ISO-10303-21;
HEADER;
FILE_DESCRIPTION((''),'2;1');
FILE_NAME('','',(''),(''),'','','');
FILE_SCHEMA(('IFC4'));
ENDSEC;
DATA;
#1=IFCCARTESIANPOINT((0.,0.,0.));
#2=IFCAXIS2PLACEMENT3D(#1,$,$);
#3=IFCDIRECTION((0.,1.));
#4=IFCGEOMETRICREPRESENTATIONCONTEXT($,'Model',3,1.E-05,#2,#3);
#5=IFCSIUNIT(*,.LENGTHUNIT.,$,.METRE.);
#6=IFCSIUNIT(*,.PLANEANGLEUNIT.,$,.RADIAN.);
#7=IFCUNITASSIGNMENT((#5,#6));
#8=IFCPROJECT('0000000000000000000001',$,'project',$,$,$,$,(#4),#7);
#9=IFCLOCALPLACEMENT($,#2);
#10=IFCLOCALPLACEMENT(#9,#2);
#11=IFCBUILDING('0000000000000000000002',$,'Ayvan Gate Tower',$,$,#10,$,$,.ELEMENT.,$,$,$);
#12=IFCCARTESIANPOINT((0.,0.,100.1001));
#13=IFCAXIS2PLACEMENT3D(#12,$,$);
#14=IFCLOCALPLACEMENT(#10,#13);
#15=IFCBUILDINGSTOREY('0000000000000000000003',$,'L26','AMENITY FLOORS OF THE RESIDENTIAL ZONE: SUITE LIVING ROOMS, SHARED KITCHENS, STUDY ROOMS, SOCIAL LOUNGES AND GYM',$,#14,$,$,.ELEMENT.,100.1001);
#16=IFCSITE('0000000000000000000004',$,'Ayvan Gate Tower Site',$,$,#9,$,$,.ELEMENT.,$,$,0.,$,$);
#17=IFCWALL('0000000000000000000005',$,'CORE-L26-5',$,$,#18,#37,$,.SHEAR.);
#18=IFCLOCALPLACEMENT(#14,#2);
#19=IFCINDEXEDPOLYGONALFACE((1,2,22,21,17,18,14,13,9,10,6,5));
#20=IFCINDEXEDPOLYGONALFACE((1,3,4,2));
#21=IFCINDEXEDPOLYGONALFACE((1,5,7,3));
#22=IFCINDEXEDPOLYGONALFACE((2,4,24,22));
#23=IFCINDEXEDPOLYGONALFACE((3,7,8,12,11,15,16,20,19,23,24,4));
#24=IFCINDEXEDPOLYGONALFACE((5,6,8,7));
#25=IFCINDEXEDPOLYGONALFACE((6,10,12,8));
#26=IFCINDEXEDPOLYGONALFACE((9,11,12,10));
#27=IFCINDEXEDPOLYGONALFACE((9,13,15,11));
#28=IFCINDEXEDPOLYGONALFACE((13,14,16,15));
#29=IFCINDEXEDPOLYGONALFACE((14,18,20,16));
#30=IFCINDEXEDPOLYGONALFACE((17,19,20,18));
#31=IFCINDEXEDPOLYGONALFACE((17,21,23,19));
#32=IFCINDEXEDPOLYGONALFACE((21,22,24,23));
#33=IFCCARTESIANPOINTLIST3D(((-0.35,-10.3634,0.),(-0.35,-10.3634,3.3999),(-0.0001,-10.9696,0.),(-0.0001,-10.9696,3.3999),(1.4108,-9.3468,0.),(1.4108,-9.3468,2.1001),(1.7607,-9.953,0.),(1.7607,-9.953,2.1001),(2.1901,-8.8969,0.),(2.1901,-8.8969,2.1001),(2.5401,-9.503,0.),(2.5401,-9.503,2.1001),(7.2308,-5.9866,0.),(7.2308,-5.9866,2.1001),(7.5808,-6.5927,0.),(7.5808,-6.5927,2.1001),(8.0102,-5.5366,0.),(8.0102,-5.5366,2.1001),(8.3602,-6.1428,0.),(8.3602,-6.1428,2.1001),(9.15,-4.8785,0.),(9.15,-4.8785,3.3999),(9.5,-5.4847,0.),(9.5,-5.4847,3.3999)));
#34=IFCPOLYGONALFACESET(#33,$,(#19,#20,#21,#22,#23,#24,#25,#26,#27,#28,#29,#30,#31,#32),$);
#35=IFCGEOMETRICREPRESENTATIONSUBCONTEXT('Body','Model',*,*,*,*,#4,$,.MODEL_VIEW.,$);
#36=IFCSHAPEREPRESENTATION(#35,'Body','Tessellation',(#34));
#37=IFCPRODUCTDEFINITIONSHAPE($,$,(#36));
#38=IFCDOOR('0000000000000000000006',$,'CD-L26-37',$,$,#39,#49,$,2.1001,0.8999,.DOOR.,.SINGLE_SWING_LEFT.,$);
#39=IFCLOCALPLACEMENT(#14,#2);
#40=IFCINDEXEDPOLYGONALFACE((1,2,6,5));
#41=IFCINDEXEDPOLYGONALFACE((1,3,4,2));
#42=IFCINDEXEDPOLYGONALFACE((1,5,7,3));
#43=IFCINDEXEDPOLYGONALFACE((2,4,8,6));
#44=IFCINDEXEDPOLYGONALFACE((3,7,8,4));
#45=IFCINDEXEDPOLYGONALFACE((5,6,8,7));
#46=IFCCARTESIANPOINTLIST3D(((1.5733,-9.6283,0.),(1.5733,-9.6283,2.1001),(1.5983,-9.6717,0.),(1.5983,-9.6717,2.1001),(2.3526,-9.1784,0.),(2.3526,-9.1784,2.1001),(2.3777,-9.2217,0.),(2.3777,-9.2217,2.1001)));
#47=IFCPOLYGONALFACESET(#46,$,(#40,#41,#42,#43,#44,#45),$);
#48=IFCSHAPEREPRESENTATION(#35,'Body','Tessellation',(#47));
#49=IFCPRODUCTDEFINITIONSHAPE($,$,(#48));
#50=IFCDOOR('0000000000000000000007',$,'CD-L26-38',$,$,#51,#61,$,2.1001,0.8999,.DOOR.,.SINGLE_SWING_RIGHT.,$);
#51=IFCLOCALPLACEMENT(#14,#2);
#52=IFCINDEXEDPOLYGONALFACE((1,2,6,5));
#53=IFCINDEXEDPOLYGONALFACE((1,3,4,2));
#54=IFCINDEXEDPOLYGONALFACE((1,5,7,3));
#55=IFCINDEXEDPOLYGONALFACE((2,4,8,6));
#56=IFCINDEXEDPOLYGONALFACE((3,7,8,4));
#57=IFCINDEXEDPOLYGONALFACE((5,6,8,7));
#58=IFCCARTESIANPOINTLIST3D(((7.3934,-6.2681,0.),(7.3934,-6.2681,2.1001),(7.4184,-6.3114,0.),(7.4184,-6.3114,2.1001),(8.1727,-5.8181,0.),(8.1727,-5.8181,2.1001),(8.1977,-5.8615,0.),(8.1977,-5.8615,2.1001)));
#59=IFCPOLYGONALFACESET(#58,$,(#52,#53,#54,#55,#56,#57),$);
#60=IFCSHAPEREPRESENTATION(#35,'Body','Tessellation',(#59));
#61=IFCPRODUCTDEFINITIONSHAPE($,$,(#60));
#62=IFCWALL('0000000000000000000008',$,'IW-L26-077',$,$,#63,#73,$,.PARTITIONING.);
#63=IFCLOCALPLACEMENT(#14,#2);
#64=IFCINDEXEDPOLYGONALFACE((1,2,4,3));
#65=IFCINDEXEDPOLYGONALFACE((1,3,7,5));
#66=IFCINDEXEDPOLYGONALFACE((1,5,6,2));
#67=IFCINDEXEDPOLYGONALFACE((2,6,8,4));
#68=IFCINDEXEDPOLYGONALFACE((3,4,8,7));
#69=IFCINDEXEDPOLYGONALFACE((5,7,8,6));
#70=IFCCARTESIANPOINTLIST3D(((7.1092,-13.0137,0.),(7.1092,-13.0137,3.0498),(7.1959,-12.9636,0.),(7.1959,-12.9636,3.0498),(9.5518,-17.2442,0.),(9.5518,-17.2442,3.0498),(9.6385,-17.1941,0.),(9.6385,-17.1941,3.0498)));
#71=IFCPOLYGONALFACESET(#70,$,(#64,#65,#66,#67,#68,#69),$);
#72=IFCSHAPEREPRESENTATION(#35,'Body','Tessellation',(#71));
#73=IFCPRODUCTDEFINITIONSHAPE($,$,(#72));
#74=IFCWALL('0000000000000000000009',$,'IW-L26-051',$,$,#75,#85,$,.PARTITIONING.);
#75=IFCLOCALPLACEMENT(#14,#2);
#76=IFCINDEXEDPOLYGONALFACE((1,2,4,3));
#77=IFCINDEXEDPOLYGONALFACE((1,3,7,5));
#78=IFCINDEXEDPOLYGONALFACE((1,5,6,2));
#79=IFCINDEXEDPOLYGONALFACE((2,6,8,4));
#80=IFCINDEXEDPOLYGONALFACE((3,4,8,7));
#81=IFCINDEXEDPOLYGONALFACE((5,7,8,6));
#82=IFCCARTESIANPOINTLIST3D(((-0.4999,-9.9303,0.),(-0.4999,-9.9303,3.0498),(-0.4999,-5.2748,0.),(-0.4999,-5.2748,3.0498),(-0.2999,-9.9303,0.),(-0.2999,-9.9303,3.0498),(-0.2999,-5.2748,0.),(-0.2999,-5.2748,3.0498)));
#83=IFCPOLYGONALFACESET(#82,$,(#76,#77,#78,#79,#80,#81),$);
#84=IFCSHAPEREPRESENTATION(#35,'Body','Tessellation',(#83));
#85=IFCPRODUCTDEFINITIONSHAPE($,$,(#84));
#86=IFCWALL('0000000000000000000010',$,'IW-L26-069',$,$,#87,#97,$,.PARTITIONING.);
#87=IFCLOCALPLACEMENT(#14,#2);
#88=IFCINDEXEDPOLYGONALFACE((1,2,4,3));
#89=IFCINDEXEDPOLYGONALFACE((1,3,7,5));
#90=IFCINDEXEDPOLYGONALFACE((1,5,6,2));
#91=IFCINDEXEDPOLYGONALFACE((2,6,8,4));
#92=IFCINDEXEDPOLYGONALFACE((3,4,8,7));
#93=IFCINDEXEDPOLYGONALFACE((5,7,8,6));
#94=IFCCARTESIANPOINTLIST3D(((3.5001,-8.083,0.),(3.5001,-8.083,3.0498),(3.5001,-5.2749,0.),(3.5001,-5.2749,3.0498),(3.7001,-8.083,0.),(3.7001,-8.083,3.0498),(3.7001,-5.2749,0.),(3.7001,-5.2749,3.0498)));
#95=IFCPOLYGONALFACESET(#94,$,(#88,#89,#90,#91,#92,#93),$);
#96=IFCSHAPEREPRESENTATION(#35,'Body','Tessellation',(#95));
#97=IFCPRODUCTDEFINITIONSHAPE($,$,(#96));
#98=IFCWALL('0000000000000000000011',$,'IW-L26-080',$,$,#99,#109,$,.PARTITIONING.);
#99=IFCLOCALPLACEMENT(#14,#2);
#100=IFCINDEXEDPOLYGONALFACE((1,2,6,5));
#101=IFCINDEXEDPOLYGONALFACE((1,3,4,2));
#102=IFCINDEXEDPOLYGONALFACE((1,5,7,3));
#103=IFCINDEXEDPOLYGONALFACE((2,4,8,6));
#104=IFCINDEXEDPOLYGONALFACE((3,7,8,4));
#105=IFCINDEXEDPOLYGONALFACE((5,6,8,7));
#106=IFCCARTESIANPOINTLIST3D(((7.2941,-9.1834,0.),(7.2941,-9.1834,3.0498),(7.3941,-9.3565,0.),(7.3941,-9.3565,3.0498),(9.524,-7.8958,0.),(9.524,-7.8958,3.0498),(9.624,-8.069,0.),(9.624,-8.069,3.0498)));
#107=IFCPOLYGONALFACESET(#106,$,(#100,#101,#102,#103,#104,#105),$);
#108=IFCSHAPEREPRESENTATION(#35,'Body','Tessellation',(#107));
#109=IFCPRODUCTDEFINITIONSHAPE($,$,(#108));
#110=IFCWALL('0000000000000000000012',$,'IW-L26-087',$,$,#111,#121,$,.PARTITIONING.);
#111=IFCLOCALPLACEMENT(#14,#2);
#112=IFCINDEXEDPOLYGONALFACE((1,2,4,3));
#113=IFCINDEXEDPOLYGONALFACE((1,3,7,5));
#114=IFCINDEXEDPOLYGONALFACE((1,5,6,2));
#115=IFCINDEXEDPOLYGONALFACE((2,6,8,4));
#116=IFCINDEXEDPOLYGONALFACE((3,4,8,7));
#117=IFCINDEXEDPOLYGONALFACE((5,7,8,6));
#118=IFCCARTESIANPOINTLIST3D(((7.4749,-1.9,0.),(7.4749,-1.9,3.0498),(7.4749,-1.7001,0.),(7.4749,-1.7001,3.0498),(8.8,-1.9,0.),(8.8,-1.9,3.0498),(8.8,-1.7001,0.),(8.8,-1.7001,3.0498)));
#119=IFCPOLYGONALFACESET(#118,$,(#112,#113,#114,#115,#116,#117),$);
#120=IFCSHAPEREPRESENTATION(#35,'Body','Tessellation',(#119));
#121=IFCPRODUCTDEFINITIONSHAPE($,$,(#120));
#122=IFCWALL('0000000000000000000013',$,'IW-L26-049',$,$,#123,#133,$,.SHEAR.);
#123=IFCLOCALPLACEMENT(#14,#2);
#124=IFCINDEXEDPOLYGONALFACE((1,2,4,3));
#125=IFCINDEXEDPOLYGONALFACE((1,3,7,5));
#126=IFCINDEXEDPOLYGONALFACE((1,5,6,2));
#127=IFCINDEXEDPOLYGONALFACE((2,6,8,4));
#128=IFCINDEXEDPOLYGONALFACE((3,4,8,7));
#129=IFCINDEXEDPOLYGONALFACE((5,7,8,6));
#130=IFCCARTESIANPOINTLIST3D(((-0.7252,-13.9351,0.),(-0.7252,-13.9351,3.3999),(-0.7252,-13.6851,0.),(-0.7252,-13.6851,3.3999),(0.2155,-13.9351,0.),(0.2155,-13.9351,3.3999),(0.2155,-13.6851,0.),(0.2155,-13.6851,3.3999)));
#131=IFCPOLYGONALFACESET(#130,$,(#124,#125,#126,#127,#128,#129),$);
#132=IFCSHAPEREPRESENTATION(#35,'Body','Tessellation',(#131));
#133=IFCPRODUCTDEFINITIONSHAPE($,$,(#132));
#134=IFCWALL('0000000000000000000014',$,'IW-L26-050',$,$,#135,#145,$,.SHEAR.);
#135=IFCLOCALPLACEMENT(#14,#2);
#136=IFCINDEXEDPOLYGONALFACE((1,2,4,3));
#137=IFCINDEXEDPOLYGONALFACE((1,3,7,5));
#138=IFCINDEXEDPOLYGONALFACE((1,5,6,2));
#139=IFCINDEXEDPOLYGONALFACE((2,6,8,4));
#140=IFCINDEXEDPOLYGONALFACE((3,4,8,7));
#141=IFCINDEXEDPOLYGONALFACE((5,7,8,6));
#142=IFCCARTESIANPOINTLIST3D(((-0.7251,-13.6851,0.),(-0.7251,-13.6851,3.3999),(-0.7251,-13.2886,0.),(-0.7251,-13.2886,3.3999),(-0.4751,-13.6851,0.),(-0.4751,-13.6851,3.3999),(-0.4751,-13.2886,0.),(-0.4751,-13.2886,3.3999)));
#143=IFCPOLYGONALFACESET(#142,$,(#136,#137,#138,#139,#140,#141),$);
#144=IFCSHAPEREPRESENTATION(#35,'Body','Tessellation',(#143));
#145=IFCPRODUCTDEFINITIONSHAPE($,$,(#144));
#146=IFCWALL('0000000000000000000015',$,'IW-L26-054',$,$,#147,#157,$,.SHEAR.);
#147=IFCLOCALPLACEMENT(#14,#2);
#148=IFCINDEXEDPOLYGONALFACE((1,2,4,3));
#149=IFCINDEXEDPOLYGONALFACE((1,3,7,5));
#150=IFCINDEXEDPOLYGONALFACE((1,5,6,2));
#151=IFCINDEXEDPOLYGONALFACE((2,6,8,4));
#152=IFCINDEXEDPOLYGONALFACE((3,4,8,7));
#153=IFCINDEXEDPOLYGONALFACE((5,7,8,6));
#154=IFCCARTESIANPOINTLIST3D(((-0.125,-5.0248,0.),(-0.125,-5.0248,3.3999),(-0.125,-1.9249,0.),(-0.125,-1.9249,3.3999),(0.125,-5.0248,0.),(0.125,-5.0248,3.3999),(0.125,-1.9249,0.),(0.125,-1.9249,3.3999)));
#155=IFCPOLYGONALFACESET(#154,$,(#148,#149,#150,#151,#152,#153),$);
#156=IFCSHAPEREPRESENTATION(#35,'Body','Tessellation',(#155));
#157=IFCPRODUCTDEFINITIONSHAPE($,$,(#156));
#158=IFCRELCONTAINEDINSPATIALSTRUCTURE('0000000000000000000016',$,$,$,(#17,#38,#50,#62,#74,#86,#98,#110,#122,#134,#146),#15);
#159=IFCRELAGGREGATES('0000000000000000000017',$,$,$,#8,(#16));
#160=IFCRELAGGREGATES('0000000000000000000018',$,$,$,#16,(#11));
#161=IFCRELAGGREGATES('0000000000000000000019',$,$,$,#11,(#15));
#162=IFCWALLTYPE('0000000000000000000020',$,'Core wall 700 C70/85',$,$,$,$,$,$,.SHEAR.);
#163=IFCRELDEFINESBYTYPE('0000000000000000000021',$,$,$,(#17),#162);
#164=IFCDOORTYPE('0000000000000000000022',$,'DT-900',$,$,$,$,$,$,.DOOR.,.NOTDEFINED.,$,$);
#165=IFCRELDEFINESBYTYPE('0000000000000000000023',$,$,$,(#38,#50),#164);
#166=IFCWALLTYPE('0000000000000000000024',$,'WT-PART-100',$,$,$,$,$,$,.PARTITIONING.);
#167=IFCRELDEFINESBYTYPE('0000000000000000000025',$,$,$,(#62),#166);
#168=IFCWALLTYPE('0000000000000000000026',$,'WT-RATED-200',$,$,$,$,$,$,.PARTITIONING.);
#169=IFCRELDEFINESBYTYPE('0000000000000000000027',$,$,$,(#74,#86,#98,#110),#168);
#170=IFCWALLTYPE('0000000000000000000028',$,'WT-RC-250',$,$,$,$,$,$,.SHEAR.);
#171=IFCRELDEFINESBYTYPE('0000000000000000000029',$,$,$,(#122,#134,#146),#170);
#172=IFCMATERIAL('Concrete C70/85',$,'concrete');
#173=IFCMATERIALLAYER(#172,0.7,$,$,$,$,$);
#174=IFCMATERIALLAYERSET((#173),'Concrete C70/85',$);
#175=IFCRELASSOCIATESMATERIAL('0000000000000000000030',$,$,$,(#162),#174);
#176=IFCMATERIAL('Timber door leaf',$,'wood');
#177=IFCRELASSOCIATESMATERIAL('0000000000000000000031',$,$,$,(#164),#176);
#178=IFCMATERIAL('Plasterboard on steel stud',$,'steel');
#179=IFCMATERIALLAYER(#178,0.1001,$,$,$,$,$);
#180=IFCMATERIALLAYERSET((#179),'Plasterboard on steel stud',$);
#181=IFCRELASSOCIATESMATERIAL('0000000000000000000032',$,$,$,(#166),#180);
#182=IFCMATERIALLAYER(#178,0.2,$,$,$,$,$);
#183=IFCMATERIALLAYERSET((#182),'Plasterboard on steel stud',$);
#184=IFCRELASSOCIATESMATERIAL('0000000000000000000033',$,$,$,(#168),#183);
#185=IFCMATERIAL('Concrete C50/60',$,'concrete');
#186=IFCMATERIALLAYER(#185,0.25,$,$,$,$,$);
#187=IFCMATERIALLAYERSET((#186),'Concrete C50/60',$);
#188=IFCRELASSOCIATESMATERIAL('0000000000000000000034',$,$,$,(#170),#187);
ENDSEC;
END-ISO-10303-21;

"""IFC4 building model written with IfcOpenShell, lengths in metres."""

from ifc_helpers import new_model, si_unit, direction, frame, frame_2d, origin, place, context, subcontext, project, spatial, rectangle, extrude, material, layer, layer_set, type_object, element, fill, save


model = new_model("IFC4")

# Units and contexts
model_context = context("Model", 3, precision=1e-05, world=origin(), true_north=direction((0.0, 1.0)))
body_context = subcontext(model_context, "Body", "Model", "MODEL_VIEW")
ifc_project = project(units=[si_unit("LENGTHUNIT", "METRE"), si_unit("PLANEANGLEUNIT", "RADIAN")], contexts=[model_context])

# Site, building, storey
site_placement = place(None, origin())
site = spatial("IfcSite", under=ifc_project, at=site_placement, Name="Ayvan Gate Tower Site", CompositionType="ELEMENT", RefElevation=0.0)
building_placement = place(site_placement, origin())
building = spatial("IfcBuilding", under=site, at=building_placement, Name="Ayvan Gate Tower", CompositionType="ELEMENT")
storey_placement = place(building_placement, frame((0.0, 0.0, 100.1001)))
storey = spatial("IfcBuildingStorey", under=building, at=storey_placement, Name="L26", Description="AMENITY FLOORS OF THE RESIDENTIAL ZONE: SUITE LIVING ROOMS, SHARED KITCHENS, STUDY ROOMS, SOCIAL LOUNGES AND GYM", CompositionType="ELEMENT", Elevation=100.1001)

# Wall, openings, doors
ifc_material_1 = material(Name="Concrete C70/85", Category="concrete")
ifc_layer_1 = layer(ifc_material_1, 0.7)
ifc_layer_set_1 = layer_set([ifc_layer_1], Name="Concrete C70/85")
wall_type_1 = type_object("IfcWallType", Name="Core wall 700 C70/85", PredefinedType="SHEAR", material=ifc_layer_set_1)
wall_1_placement = place(storey_placement, frame((-0.175, -10.6665, 0.0), z_axis=(0.0, 0.0, 1.0), x_axis=(0.866024, 0.500002, 0.0)))
wall_1 = element("IfcWall", 1, at=wall_1_placement, inside=storey, type_object=wall_type_1, Name="CORE-L26-5", PredefinedType="SHEAR", context=body_context, shape_type="SweptSolid", body=[
    extrude(rectangle(XDim=10.9697, YDim=0.7, at=frame_2d((5.4849, 0.0))), origin(), (0.0, 0.0, 1.0), 3.3999),
])
opening_1_placement = place(wall_1_placement, frame((2.0332, 0.0, 0.0)))
opening_1 = element("IfcOpeningElement", 2, at=opening_1_placement, cuts=wall_1, PredefinedType="OPENING", context=body_context, shape_type="SweptSolid", body=[
    extrude(rectangle(XDim=0.8999, YDim=2.1001, at=frame_2d((0.45, 1.05))), frame((0.0, 0.3599, 0.0), z_axis=(0.0, -1.0, 0.0), x_axis=(1.0, 0.0, 0.0)), (0.0, 0.0, 1.0), 0.72),
])
opening_2_placement = place(wall_1_placement, frame((8.7537, 0.0, 0.0)))
opening_2 = element("IfcOpeningElement", 3, at=opening_2_placement, cuts=wall_1, PredefinedType="OPENING", context=body_context, shape_type="SweptSolid", body=[
    extrude(rectangle(XDim=0.8999, YDim=2.1001, at=frame_2d((0.45, 1.05))), frame((0.0, 0.3599, 0.0), z_axis=(0.0, -1.0, 0.0), x_axis=(1.0, 0.0, 0.0)), (0.0, 0.0, 1.0), 0.72),
])
ifc_material_2 = material(Name="Timber door leaf", Category="wood")
door_type_1 = type_object("IfcDoorType", Name="DT-900", OperationType="NOTDEFINED", PredefinedType="DOOR", material=ifc_material_2)
door_1_placement = place(opening_1_placement, origin())
door_1 = element("IfcDoor", 4, at=door_1_placement, inside=storey, type_object=door_type_1, Name="CD-L26-37", OperationType="SINGLE_SWING_LEFT", OverallHeight=2.1001, OverallWidth=0.8999, PredefinedType="DOOR", context=body_context, shape_type="SweptSolid", body=[
    extrude(rectangle(XDim=0.8999, YDim=2.1001, at=frame_2d((0.45, 1.05))), frame((0.0, 0.0249, 0.0), z_axis=(0.0, -1.0, 0.0), x_axis=(1.0, 0.0, 0.0)), (0.0, 0.0, 1.0), 0.05),
])
fill(opening_1, door_1)
door_2_placement = place(opening_2_placement, origin())
door_2 = element("IfcDoor", 5, at=door_2_placement, inside=storey, type_object=door_type_1, Name="CD-L26-38", OperationType="SINGLE_SWING_RIGHT", OverallHeight=2.1001, OverallWidth=0.8999, PredefinedType="DOOR", context=body_context, shape_type="SweptSolid", body=[
    extrude(rectangle(XDim=0.8999, YDim=2.1001, at=frame_2d((0.45, 1.05))), frame((0.0, 0.0249, 0.0), z_axis=(0.0, -1.0, 0.0), x_axis=(1.0, 0.0, 0.0)), (0.0, 0.0, 1.0), 0.05),
])
fill(opening_2, door_2)

# Walls
ifc_material_3 = material(Name="Plasterboard on steel stud", Category="steel")
ifc_layer_2 = layer(ifc_material_3, 0.1001)
ifc_layer_set_2 = layer_set([ifc_layer_2], Name="Plasterboard on steel stud")
wall_type_2 = type_object("IfcWallType", Name="WT-PART-100", PredefinedType="PARTITIONING", material=ifc_layer_set_2)
wall_2_placement = place(storey_placement, frame((7.1526, -12.9888, 0.0), z_axis=(0.0, 0.0, 1.0), x_axis=(0.500025, -0.866011, 0.0)))
element("IfcWall", 6, at=wall_2_placement, inside=storey, type_object=wall_type_2, Name="IW-L26-077", PredefinedType="PARTITIONING", context=body_context, shape_type="SweptSolid", body=[
    extrude(rectangle(XDim=4.885, YDim=0.1001, at=frame_2d((2.4424, 0.0))), origin(), (0.0, 0.0, 1.0), 3.0498),
])
ifc_layer_3 = layer(ifc_material_3, 0.2)
ifc_layer_set_3 = layer_set([ifc_layer_3], Name="Plasterboard on steel stud")
wall_type_3 = type_object("IfcWallType", Name="WT-RATED-200", PredefinedType="PARTITIONING", material=ifc_layer_set_3)
wall_3_placement = place(storey_placement, frame((-0.3999, -5.2749, 0.0), z_axis=(0.0, 0.0, 1.0), x_axis=(0.0, -1.0, 0.0)))
element("IfcWall", 7, at=wall_3_placement, inside=storey, type_object=wall_type_3, Name="IW-L26-051", PredefinedType="PARTITIONING", context=body_context, shape_type="SweptSolid", body=[
    extrude(rectangle(XDim=4.6555, YDim=0.2, at=frame_2d((2.3276, 0.0))), origin(), (0.0, 0.0, 1.0), 3.0498),
])
wall_4_placement = place(storey_placement, frame((3.6001, -5.2749, 0.0), z_axis=(0.0, 0.0, 1.0), x_axis=(0.0, -1.0, 0.0)))
element("IfcWall", 8, at=wall_4_placement, inside=storey, type_object=wall_type_3, Name="IW-L26-069", PredefinedType="PARTITIONING", context=body_context, shape_type="SweptSolid", body=[
    extrude(rectangle(XDim=2.8081, YDim=0.2, at=frame_2d((1.4041, 0.0))), origin(), (0.0, 0.0, 1.0), 3.0498),
])
wall_5_placement = place(storey_placement, frame((7.344, -9.27, 0.0), z_axis=(0.0, 0.0, 1.0), x_axis=(0.866006, 0.500034, 0.0)))
element("IfcWall", 9, at=wall_5_placement, inside=storey, type_object=wall_type_3, Name="IW-L26-080", PredefinedType="PARTITIONING", context=body_context, shape_type="SweptSolid", body=[
    extrude(rectangle(XDim=2.575, YDim=0.2, at=frame_2d((1.2876, 0.0))), origin(), (0.0, 0.0, 1.0), 3.0498),
])
wall_6_placement = place(storey_placement, frame((8.8, -1.8, 0.0), z_axis=(0.0, 0.0, 1.0), x_axis=(-1.0, 0.0, 0.0)))
element("IfcWall", 10, at=wall_6_placement, inside=storey, type_object=wall_type_3, Name="IW-L26-087", PredefinedType="PARTITIONING", context=body_context, shape_type="SweptSolid", body=[
    extrude(rectangle(XDim=1.3252, YDim=0.2, at=frame_2d((0.6626, 0.0))), origin(), (0.0, 0.0, 1.0), 3.0498),
])
ifc_material_4 = material(Name="Concrete C50/60", Category="concrete")
ifc_layer_4 = layer(ifc_material_4, 0.25)
ifc_layer_set_4 = layer_set([ifc_layer_4], Name="Concrete C50/60")
wall_type_4 = type_object("IfcWallType", Name="WT-RC-250", PredefinedType="SHEAR", material=ifc_layer_set_4)
wall_7_placement = place(storey_placement, frame((-0.7251, -13.8101, 0.0), z_axis=(0.0, 0.0, 1.0), x_axis=(1.0, 0.0, 0.0)))
element("IfcWall", 11, at=wall_7_placement, inside=storey, type_object=wall_type_4, Name="IW-L26-049", PredefinedType="SHEAR", context=body_context, shape_type="SweptSolid", body=[
    extrude(rectangle(XDim=0.9407, YDim=0.25, at=frame_2d((0.4702, 0.0))), origin(), (0.0, 0.0, 1.0), 3.3999),
])
wall_8_placement = place(storey_placement, frame((-0.6001, -13.2886, 0.0), z_axis=(0.0, 0.0, 1.0), x_axis=(0.0, -1.0, 0.0)))
element("IfcWall", 12, at=wall_8_placement, inside=storey, type_object=wall_type_4, Name="IW-L26-050", PredefinedType="SHEAR", context=body_context, shape_type="SweptSolid", body=[
    extrude(rectangle(XDim=0.3965, YDim=0.25, at=frame_2d((0.1982, 0.0))), origin(), (0.0, 0.0, 1.0), 3.3999),
])
wall_9_placement = place(storey_placement, frame((0.0, -1.925, 0.0), z_axis=(0.0, 0.0, 1.0), x_axis=(0.0, -1.0, 0.0)))
element("IfcWall", 13, at=wall_9_placement, inside=storey, type_object=wall_type_4, Name="IW-L26-054", PredefinedType="SHEAR", context=body_context, shape_type="SweptSolid", body=[
    extrude(rectangle(XDim=3.0999, YDim=0.25, at=frame_2d((1.5498, 0.0))), origin(), (0.0, 0.0, 1.0), 3.3999),
])

save(model, "model.ifc")
